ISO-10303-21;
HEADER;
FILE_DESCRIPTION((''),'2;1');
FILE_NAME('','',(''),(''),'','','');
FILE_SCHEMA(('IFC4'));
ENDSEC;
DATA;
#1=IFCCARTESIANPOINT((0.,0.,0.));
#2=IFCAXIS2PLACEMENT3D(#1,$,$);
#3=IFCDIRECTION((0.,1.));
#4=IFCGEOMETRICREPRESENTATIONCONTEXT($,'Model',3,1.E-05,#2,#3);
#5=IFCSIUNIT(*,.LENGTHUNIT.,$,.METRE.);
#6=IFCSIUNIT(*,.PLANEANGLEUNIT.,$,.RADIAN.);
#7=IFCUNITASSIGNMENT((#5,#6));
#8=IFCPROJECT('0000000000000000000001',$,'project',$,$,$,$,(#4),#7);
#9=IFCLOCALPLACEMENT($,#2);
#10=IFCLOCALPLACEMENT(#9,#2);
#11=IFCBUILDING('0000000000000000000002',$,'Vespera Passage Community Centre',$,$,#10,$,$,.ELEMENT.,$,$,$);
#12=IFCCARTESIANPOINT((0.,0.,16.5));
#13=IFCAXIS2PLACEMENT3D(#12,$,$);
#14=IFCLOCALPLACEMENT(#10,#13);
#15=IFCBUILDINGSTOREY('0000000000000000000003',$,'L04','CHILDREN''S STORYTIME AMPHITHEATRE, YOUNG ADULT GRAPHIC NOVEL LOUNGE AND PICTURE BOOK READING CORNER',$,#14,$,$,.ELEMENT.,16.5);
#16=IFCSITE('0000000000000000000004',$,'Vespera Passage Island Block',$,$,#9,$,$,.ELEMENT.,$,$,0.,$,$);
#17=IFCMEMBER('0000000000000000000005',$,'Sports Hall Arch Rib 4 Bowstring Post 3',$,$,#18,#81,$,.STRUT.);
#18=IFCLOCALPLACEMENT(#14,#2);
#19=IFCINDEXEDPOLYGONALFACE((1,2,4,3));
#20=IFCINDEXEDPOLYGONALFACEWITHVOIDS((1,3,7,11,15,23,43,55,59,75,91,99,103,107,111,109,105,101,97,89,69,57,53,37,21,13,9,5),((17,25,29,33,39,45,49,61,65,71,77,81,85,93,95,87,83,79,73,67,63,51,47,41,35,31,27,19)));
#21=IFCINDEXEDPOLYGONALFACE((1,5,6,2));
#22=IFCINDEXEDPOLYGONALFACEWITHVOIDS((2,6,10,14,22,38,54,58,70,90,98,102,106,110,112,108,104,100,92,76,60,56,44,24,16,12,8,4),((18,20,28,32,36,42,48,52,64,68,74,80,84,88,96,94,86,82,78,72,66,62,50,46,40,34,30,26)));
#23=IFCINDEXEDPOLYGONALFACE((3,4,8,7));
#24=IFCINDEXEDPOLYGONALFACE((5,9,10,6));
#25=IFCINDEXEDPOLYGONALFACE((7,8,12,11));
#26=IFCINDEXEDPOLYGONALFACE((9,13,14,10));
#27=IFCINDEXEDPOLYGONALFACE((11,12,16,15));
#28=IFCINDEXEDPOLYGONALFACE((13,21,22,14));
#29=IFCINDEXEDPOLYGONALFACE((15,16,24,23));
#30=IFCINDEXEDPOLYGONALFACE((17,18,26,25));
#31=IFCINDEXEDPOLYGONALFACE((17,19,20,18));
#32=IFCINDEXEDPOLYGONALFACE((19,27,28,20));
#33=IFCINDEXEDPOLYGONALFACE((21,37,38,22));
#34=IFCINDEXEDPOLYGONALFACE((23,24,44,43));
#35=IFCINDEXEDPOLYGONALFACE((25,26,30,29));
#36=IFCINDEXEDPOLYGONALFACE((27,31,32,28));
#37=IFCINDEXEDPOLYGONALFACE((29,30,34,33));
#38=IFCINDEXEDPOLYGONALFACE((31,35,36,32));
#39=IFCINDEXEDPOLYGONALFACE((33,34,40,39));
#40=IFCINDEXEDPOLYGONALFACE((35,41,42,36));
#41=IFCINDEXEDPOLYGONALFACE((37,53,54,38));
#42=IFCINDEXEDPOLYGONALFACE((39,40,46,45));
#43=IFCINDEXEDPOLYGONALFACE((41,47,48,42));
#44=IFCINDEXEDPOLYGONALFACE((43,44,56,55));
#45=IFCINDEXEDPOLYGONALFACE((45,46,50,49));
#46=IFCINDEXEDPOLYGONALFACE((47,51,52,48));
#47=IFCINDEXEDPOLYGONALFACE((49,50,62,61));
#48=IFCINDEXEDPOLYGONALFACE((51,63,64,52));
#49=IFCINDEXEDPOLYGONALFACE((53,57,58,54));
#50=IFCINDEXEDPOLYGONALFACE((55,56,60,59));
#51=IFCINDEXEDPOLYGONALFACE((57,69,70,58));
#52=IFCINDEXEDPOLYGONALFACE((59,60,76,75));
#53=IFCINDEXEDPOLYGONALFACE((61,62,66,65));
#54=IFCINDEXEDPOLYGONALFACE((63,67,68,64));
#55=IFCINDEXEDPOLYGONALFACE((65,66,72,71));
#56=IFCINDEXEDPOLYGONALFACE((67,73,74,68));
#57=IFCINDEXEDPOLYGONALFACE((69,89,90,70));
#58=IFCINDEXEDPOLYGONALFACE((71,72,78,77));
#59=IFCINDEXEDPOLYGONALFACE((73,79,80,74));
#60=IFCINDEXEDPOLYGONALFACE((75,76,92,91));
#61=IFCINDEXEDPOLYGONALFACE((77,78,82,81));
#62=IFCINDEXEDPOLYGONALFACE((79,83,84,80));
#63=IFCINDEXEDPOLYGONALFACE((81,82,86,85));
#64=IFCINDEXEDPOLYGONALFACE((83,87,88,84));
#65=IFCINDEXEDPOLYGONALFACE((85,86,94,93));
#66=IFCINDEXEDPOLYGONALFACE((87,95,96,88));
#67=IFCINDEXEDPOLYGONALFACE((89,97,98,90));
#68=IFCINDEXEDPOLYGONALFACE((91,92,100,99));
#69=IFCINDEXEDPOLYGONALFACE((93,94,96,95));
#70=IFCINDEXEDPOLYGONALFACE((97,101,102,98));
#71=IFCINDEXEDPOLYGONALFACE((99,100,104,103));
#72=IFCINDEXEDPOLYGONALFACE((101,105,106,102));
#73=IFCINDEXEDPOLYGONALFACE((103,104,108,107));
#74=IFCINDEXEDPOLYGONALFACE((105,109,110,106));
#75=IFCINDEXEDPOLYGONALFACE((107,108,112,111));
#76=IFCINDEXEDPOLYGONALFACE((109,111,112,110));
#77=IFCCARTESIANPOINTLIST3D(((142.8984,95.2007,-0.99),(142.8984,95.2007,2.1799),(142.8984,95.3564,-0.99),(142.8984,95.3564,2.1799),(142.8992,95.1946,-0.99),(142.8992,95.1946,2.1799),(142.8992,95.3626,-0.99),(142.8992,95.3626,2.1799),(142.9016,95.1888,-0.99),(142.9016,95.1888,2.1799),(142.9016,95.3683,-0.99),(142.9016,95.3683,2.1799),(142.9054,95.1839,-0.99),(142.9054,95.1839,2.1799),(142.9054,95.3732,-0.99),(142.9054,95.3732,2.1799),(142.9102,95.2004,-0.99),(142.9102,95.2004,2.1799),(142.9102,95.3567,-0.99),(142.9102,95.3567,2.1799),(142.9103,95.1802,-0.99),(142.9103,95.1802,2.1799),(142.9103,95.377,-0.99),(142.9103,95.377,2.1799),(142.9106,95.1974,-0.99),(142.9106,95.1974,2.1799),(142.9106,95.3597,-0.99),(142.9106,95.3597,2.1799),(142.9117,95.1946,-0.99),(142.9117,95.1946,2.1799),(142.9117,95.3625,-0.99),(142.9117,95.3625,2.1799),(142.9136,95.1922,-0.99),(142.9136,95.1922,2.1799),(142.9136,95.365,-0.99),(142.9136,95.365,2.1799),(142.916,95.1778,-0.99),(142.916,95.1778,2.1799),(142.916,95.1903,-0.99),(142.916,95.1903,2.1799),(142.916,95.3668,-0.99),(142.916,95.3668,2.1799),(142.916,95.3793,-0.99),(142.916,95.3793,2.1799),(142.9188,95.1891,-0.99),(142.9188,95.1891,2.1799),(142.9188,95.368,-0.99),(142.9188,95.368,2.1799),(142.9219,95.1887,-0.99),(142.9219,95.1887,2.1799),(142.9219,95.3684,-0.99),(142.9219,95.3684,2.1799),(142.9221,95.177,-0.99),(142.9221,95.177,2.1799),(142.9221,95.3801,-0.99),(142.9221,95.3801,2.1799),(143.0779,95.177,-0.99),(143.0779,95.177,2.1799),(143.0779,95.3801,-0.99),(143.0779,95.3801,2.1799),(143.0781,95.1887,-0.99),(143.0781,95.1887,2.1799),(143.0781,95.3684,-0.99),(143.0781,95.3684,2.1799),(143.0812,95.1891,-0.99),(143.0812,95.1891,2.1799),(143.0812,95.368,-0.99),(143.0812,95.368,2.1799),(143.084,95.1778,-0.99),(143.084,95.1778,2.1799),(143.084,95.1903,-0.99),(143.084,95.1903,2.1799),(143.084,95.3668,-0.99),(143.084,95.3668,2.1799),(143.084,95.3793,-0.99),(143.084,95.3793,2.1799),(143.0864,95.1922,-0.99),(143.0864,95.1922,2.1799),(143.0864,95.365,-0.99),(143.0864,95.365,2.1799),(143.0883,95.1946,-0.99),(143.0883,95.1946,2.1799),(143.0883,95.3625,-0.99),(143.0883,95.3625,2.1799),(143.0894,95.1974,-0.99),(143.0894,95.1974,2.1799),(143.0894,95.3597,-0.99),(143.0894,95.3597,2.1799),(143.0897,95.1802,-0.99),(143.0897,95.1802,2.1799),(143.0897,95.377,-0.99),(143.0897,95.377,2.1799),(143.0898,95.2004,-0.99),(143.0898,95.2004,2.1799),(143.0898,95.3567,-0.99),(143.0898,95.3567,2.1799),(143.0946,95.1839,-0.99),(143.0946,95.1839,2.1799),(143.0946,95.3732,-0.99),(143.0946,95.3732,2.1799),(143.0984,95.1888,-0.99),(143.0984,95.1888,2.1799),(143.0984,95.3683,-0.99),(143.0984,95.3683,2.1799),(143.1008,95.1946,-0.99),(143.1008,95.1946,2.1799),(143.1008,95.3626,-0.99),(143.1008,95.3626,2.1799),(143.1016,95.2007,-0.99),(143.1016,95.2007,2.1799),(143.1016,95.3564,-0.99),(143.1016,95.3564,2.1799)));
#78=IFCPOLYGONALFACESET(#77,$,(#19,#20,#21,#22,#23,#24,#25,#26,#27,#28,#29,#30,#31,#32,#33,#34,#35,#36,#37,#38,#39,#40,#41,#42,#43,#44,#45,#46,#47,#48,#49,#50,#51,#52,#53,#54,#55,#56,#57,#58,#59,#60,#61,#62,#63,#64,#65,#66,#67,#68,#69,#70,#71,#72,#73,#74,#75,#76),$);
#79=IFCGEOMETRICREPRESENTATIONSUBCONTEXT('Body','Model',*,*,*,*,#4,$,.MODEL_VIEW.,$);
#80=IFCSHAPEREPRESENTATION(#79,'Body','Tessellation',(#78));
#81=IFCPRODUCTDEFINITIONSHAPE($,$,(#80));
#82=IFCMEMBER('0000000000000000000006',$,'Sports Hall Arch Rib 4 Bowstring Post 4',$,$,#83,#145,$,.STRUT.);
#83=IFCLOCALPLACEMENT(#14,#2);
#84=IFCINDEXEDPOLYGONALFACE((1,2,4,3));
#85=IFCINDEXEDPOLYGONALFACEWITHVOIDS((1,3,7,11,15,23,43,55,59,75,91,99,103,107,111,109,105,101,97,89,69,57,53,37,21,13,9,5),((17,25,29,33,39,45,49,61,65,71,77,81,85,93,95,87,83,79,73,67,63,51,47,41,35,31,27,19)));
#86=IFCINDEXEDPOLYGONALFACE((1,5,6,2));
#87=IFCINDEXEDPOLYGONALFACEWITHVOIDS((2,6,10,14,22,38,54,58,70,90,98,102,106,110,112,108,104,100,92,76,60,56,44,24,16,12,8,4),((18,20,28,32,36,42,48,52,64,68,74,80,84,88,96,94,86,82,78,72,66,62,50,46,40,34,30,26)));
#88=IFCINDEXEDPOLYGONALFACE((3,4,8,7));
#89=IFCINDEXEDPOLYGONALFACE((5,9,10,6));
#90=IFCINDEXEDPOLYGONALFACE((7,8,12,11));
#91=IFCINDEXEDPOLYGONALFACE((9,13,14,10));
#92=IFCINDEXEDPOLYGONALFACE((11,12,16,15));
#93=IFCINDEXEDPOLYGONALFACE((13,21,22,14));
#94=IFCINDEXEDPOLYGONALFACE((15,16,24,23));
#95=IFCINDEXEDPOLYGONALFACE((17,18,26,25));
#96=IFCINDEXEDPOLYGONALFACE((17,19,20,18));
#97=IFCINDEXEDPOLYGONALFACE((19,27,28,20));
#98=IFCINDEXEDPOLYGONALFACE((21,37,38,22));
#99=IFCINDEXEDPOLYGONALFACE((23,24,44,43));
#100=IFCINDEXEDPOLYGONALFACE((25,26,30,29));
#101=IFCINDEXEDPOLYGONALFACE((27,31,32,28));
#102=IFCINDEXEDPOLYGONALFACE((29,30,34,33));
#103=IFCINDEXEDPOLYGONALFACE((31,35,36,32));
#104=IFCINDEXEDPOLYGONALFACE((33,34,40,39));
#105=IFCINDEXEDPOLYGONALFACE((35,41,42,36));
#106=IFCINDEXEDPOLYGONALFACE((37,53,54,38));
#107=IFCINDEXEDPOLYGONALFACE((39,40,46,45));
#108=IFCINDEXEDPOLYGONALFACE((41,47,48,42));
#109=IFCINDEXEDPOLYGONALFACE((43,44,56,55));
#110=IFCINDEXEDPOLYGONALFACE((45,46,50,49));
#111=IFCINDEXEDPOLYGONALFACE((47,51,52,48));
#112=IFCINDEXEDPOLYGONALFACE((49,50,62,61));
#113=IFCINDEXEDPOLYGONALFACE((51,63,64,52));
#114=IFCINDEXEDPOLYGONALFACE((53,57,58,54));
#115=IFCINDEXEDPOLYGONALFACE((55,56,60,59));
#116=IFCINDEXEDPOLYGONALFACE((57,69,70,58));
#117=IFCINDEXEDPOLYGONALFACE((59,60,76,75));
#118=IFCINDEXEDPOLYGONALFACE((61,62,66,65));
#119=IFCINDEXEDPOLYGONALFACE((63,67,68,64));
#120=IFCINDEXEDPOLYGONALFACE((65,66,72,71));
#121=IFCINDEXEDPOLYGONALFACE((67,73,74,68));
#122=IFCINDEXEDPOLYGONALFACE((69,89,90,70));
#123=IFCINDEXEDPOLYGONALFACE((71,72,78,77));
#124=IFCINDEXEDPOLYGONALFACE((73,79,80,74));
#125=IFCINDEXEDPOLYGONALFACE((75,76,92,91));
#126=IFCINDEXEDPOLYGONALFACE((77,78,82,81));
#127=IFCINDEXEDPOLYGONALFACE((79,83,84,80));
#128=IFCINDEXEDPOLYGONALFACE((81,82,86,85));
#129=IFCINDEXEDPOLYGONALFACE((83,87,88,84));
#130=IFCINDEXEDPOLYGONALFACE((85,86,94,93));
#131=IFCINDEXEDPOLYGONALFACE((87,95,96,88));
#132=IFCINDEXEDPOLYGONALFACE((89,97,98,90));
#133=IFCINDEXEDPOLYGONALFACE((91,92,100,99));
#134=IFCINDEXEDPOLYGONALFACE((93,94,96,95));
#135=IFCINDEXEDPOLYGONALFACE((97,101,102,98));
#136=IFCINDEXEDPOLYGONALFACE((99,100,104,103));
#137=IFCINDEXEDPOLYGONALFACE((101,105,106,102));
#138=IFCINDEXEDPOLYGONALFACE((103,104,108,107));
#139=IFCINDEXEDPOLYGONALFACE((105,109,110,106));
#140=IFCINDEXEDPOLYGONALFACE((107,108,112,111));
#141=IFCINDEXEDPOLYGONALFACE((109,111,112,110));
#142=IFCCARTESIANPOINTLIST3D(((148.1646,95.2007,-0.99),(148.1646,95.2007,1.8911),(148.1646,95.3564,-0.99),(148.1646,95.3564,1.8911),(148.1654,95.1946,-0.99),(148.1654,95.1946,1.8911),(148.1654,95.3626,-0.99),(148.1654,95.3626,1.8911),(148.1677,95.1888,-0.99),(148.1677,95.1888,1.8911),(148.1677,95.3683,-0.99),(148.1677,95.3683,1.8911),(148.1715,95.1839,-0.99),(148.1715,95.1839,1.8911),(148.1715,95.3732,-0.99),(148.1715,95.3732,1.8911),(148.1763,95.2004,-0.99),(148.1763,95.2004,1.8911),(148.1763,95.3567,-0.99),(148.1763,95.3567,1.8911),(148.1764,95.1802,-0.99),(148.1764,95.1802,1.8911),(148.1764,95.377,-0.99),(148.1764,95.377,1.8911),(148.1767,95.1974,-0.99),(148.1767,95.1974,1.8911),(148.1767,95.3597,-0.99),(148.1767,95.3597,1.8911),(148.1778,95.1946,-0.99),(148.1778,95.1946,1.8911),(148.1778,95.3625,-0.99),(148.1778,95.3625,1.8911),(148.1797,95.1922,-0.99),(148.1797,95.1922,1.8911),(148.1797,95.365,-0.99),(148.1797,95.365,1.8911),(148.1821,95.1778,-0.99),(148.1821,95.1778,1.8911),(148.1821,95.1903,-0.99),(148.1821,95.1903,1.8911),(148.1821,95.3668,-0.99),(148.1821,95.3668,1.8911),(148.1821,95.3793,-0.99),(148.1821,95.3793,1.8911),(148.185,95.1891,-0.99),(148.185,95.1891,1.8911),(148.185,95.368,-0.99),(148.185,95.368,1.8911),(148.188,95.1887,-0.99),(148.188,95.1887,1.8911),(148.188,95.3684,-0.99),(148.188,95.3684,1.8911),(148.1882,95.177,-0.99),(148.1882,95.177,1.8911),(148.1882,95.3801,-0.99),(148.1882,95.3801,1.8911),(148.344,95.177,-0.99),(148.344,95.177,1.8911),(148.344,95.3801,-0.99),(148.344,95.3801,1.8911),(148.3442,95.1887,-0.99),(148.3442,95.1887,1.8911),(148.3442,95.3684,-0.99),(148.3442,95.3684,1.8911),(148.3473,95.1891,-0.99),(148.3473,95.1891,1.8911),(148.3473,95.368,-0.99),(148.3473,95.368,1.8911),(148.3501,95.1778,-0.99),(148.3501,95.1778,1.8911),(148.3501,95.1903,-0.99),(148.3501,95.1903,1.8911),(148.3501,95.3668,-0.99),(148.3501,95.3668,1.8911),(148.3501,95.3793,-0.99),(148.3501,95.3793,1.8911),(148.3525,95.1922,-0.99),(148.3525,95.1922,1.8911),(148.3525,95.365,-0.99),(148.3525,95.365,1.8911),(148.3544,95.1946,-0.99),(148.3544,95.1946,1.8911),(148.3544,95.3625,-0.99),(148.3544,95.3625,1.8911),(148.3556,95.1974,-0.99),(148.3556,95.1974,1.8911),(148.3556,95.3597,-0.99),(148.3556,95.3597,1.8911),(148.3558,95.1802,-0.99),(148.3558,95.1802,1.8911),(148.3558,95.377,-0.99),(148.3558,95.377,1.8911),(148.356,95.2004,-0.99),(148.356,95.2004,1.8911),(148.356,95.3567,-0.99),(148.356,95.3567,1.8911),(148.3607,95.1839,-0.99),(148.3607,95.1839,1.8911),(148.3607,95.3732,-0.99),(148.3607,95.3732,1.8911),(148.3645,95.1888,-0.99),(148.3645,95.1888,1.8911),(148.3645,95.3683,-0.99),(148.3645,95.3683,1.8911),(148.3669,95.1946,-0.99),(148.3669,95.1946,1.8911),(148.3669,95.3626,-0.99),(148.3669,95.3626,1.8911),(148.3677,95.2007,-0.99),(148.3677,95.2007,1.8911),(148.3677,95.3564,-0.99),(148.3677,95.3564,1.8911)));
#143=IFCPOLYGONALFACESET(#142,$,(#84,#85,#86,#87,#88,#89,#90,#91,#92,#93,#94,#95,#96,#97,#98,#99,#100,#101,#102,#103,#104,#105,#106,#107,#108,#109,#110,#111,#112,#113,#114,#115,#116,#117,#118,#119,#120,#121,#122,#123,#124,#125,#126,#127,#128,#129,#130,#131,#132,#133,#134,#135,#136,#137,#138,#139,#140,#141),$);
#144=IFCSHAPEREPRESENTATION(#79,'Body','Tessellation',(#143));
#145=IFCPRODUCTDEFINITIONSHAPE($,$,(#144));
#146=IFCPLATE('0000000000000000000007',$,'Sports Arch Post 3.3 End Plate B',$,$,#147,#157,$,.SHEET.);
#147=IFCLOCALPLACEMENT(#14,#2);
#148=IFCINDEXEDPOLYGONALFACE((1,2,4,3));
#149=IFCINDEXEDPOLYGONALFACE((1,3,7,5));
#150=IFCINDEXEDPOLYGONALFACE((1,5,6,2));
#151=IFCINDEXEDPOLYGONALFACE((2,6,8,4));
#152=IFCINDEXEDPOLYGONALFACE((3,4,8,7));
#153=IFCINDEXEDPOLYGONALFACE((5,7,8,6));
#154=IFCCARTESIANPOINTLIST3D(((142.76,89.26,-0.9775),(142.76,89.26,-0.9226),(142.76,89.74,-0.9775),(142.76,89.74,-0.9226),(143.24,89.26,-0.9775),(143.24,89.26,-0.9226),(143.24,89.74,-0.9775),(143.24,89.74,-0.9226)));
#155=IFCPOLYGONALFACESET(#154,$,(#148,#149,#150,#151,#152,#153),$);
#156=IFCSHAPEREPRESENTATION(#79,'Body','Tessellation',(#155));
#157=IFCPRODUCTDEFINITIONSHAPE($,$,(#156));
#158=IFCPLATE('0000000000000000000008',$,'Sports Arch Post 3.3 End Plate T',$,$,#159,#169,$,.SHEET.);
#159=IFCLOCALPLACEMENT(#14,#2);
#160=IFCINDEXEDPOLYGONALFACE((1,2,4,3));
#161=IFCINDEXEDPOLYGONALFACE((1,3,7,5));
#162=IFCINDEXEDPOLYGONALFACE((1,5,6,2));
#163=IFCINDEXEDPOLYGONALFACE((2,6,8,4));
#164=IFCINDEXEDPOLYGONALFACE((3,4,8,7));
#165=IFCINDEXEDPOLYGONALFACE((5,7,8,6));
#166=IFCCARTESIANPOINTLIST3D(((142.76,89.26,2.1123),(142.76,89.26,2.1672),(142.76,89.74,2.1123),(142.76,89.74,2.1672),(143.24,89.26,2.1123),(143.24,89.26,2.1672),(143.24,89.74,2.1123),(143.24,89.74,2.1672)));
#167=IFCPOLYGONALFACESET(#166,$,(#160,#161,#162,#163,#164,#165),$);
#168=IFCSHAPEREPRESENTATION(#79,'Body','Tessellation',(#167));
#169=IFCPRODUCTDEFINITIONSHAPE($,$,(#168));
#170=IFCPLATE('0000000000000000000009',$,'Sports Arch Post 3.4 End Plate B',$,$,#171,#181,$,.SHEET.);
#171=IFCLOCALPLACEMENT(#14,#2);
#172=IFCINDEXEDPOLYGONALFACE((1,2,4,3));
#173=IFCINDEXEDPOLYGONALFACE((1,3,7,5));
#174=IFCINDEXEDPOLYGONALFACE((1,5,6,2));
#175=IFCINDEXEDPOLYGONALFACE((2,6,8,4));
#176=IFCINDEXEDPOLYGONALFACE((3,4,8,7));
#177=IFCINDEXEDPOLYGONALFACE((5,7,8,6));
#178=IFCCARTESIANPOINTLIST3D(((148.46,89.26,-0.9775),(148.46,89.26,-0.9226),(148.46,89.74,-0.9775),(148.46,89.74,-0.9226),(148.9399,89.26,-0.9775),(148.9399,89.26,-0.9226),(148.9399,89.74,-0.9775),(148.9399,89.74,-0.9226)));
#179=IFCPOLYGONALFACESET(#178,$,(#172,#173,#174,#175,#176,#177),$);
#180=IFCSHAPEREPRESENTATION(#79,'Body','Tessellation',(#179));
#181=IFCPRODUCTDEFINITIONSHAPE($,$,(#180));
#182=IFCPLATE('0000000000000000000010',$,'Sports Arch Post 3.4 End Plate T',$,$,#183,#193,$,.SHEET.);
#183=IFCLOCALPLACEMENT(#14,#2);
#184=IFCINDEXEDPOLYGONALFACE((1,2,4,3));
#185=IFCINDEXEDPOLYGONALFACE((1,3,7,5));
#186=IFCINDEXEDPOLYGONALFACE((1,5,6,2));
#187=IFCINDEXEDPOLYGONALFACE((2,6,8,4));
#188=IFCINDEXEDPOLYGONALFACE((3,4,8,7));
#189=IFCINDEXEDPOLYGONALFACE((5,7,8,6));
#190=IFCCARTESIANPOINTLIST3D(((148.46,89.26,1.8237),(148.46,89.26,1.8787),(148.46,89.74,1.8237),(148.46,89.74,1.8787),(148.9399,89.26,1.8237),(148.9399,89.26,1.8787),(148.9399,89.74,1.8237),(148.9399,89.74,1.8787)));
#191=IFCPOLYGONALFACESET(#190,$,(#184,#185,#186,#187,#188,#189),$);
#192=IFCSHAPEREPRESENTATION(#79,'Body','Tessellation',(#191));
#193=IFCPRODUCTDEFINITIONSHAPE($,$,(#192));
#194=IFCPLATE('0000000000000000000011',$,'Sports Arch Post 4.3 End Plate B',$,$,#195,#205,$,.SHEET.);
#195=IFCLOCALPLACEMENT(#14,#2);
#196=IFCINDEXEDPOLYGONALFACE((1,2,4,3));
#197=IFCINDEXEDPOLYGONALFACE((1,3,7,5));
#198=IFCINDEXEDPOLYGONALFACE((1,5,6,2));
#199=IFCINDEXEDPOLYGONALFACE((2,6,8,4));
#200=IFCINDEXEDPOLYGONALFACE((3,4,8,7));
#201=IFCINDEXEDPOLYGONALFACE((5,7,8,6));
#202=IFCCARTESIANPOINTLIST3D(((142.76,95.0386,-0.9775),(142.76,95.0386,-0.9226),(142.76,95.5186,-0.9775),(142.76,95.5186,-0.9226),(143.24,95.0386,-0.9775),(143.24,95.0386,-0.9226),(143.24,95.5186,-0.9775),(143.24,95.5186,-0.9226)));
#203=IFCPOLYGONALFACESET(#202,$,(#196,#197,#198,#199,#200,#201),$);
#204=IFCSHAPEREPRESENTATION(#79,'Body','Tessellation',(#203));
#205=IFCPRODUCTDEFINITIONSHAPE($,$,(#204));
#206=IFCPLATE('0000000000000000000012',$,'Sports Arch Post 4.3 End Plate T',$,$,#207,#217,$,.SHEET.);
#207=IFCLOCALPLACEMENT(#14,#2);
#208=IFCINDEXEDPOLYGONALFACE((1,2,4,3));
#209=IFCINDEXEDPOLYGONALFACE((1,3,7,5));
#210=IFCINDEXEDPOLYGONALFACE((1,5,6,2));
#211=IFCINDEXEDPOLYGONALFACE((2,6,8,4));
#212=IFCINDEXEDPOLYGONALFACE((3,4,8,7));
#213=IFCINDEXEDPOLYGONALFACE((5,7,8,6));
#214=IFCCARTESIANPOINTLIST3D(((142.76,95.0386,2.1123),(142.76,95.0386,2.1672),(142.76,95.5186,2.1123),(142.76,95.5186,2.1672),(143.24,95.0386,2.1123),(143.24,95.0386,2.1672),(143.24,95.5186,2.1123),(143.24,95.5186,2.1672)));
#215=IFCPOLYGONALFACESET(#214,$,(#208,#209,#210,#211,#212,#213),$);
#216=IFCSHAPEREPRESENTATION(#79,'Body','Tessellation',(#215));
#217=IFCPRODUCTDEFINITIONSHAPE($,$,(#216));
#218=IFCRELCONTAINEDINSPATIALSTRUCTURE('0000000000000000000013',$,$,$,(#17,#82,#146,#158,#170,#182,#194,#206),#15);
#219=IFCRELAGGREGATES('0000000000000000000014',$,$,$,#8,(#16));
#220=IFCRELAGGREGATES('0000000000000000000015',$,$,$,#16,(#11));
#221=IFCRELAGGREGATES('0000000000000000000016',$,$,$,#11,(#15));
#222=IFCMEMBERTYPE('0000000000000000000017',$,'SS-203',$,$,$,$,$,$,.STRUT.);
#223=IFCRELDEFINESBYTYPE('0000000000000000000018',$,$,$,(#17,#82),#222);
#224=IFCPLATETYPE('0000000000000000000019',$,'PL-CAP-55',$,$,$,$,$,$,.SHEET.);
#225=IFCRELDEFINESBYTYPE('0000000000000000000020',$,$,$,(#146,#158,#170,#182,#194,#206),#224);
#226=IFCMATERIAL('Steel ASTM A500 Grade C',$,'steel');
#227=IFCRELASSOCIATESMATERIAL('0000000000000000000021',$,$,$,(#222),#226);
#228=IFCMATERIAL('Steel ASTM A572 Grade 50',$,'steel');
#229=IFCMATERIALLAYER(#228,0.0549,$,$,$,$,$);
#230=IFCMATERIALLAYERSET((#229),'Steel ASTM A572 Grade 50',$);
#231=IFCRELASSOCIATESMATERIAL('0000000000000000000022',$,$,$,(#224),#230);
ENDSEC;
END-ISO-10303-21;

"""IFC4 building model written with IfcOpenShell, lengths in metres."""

from ifc_helpers import new_model, si_unit, direction, frame, origin, origin_2d, place, context, subcontext, project, spatial, rectangle, hollow_rectangle, extrude, material, layer, layer_set, material_profile, profile_set, type_object, element, save


model = new_model("IFC4")

# Units and contexts
model_context = context("Model", 3, precision=1e-05, world=origin(), true_north=direction((0.0, 1.0)))
body_context = subcontext(model_context, "Body", "Model", "MODEL_VIEW")
ifc_project = project(units=[si_unit("LENGTHUNIT", "METRE"), si_unit("PLANEANGLEUNIT", "RADIAN")], contexts=[model_context])

# Site, building, storey
site_placement = place(None, origin())
site = spatial("IfcSite", under=ifc_project, at=site_placement, Name="Vespera Passage Island Block", CompositionType="ELEMENT", RefElevation=0.0)
building_placement = place(site_placement, origin())
building = spatial("IfcBuilding", under=site, at=building_placement, Name="Vespera Passage Community Centre", CompositionType="ELEMENT")
storey_placement = place(building_placement, frame((0.0, 0.0, 16.5)))
storey = spatial("IfcBuildingStorey", under=building, at=storey_placement, Name="L04", Description="CHILDREN'S STORYTIME AMPHITHEATRE, YOUNG ADULT GRAPHIC NOVEL LOUNGE AND PICTURE BOOK READING CORNER", CompositionType="ELEMENT", Elevation=16.5)

# Members
ifc_material_1 = material(Name="Steel ASTM A500 Grade C", Category="steel")
ifc_material_profile_1 = material_profile(ifc_material_1, hollow_rectangle(XDim=0.2031, YDim=0.2031, WallThickness=0.0117, InnerFilletRadius=0.0117, OuterFilletRadius=0.0237, at=origin_2d()), Name="HSS203X203X12.7")
ifc_profile_set_1 = profile_set([ifc_material_profile_1], Name="Steel ASTM A500 Grade C")
member_type = type_object("IfcMemberType", Name="SS-203", PredefinedType="STRUT", material=ifc_profile_set_1)
member_1_placement = place(storey_placement, frame((143.0, 95.2786, -0.99), z_axis=(0.0, 0.0, 1.0), x_axis=(1.0, 0.0, 0.0)))
element("IfcMember", 1, at=member_1_placement, inside=storey, type_object=member_type, Name="Sports Hall Arch Rib 4 Bowstring Post 3", PredefinedType="STRUT", context=body_context, shape_type="SweptSolid", body=[
    extrude(hollow_rectangle(XDim=0.2031, YDim=0.2031, WallThickness=0.0117, InnerFilletRadius=0.0117, OuterFilletRadius=0.0237, at=origin_2d()), origin(), (0.0, 0.0, 1.0), 3.1699),
])
member_2_placement = place(storey_placement, frame((148.2661, 95.2786, -0.99), z_axis=(0.0, 0.0, 1.0), x_axis=(1.0, 0.0, 0.0)))
element("IfcMember", 2, at=member_2_placement, inside=storey, type_object=member_type, Name="Sports Hall Arch Rib 4 Bowstring Post 4", PredefinedType="STRUT", context=body_context, shape_type="SweptSolid", body=[
    extrude(hollow_rectangle(XDim=0.2031, YDim=0.2031, WallThickness=0.0117, InnerFilletRadius=0.0117, OuterFilletRadius=0.0237, at=origin_2d()), origin(), (0.0, 0.0, 1.0), 2.8811),
])

# Plates
ifc_material_2 = material(Name="Steel ASTM A572 Grade 50", Category="steel")
ifc_layer_1 = layer(ifc_material_2, 0.0549)
ifc_layer_set_1 = layer_set([ifc_layer_1], Name="Steel ASTM A572 Grade 50")
plate_type = type_object("IfcPlateType", Name="PL-CAP-55", PredefinedType="SHEET", material=ifc_layer_set_1)
for number, where, z_axis, x_axis, name in (
    (3, (143.0, 89.5, -0.9775), (0.0, 0.0, 1.0), (1.0, 0.0, 0.0), "Sports Arch Post 3.3 End Plate B"),
    (4, (143.0, 89.5, 2.1123), (0.0, 0.0, 1.0), (1.0, 0.0, 0.0), "Sports Arch Post 3.3 End Plate T"),
    (5, (148.7, 89.5, -0.9775), (0.0, 0.0, 1.0), (1.0, 0.0, 0.0), "Sports Arch Post 3.4 End Plate B"),
    (6, (148.7, 89.5, 1.8237), (0.0, 0.0, 1.0), (1.0, 0.0, 0.0), "Sports Arch Post 3.4 End Plate T"),
    (7, (143.0, 95.2786, -0.9775), (0.0, 0.0, 1.0), (1.0, 0.0, 0.0), "Sports Arch Post 4.3 End Plate B"),
    (8, (143.0, 95.2786, 2.1123), (0.0, 0.0, 1.0), (1.0, 0.0, 0.0), "Sports Arch Post 4.3 End Plate T"),
):
    element("IfcPlate", number, at=place(storey_placement, frame(where, z_axis=z_axis, x_axis=x_axis)), inside=storey, type_object=plate_type, Name=name, PredefinedType="SHEET", context=body_context, shape_type="SweptSolid", body=[
        extrude(rectangle(XDim=0.48, YDim=0.48, at=origin_2d()), origin(), (0.0, 0.0, 1.0), 0.0549),
    ])

save(model, "model.ifc")
